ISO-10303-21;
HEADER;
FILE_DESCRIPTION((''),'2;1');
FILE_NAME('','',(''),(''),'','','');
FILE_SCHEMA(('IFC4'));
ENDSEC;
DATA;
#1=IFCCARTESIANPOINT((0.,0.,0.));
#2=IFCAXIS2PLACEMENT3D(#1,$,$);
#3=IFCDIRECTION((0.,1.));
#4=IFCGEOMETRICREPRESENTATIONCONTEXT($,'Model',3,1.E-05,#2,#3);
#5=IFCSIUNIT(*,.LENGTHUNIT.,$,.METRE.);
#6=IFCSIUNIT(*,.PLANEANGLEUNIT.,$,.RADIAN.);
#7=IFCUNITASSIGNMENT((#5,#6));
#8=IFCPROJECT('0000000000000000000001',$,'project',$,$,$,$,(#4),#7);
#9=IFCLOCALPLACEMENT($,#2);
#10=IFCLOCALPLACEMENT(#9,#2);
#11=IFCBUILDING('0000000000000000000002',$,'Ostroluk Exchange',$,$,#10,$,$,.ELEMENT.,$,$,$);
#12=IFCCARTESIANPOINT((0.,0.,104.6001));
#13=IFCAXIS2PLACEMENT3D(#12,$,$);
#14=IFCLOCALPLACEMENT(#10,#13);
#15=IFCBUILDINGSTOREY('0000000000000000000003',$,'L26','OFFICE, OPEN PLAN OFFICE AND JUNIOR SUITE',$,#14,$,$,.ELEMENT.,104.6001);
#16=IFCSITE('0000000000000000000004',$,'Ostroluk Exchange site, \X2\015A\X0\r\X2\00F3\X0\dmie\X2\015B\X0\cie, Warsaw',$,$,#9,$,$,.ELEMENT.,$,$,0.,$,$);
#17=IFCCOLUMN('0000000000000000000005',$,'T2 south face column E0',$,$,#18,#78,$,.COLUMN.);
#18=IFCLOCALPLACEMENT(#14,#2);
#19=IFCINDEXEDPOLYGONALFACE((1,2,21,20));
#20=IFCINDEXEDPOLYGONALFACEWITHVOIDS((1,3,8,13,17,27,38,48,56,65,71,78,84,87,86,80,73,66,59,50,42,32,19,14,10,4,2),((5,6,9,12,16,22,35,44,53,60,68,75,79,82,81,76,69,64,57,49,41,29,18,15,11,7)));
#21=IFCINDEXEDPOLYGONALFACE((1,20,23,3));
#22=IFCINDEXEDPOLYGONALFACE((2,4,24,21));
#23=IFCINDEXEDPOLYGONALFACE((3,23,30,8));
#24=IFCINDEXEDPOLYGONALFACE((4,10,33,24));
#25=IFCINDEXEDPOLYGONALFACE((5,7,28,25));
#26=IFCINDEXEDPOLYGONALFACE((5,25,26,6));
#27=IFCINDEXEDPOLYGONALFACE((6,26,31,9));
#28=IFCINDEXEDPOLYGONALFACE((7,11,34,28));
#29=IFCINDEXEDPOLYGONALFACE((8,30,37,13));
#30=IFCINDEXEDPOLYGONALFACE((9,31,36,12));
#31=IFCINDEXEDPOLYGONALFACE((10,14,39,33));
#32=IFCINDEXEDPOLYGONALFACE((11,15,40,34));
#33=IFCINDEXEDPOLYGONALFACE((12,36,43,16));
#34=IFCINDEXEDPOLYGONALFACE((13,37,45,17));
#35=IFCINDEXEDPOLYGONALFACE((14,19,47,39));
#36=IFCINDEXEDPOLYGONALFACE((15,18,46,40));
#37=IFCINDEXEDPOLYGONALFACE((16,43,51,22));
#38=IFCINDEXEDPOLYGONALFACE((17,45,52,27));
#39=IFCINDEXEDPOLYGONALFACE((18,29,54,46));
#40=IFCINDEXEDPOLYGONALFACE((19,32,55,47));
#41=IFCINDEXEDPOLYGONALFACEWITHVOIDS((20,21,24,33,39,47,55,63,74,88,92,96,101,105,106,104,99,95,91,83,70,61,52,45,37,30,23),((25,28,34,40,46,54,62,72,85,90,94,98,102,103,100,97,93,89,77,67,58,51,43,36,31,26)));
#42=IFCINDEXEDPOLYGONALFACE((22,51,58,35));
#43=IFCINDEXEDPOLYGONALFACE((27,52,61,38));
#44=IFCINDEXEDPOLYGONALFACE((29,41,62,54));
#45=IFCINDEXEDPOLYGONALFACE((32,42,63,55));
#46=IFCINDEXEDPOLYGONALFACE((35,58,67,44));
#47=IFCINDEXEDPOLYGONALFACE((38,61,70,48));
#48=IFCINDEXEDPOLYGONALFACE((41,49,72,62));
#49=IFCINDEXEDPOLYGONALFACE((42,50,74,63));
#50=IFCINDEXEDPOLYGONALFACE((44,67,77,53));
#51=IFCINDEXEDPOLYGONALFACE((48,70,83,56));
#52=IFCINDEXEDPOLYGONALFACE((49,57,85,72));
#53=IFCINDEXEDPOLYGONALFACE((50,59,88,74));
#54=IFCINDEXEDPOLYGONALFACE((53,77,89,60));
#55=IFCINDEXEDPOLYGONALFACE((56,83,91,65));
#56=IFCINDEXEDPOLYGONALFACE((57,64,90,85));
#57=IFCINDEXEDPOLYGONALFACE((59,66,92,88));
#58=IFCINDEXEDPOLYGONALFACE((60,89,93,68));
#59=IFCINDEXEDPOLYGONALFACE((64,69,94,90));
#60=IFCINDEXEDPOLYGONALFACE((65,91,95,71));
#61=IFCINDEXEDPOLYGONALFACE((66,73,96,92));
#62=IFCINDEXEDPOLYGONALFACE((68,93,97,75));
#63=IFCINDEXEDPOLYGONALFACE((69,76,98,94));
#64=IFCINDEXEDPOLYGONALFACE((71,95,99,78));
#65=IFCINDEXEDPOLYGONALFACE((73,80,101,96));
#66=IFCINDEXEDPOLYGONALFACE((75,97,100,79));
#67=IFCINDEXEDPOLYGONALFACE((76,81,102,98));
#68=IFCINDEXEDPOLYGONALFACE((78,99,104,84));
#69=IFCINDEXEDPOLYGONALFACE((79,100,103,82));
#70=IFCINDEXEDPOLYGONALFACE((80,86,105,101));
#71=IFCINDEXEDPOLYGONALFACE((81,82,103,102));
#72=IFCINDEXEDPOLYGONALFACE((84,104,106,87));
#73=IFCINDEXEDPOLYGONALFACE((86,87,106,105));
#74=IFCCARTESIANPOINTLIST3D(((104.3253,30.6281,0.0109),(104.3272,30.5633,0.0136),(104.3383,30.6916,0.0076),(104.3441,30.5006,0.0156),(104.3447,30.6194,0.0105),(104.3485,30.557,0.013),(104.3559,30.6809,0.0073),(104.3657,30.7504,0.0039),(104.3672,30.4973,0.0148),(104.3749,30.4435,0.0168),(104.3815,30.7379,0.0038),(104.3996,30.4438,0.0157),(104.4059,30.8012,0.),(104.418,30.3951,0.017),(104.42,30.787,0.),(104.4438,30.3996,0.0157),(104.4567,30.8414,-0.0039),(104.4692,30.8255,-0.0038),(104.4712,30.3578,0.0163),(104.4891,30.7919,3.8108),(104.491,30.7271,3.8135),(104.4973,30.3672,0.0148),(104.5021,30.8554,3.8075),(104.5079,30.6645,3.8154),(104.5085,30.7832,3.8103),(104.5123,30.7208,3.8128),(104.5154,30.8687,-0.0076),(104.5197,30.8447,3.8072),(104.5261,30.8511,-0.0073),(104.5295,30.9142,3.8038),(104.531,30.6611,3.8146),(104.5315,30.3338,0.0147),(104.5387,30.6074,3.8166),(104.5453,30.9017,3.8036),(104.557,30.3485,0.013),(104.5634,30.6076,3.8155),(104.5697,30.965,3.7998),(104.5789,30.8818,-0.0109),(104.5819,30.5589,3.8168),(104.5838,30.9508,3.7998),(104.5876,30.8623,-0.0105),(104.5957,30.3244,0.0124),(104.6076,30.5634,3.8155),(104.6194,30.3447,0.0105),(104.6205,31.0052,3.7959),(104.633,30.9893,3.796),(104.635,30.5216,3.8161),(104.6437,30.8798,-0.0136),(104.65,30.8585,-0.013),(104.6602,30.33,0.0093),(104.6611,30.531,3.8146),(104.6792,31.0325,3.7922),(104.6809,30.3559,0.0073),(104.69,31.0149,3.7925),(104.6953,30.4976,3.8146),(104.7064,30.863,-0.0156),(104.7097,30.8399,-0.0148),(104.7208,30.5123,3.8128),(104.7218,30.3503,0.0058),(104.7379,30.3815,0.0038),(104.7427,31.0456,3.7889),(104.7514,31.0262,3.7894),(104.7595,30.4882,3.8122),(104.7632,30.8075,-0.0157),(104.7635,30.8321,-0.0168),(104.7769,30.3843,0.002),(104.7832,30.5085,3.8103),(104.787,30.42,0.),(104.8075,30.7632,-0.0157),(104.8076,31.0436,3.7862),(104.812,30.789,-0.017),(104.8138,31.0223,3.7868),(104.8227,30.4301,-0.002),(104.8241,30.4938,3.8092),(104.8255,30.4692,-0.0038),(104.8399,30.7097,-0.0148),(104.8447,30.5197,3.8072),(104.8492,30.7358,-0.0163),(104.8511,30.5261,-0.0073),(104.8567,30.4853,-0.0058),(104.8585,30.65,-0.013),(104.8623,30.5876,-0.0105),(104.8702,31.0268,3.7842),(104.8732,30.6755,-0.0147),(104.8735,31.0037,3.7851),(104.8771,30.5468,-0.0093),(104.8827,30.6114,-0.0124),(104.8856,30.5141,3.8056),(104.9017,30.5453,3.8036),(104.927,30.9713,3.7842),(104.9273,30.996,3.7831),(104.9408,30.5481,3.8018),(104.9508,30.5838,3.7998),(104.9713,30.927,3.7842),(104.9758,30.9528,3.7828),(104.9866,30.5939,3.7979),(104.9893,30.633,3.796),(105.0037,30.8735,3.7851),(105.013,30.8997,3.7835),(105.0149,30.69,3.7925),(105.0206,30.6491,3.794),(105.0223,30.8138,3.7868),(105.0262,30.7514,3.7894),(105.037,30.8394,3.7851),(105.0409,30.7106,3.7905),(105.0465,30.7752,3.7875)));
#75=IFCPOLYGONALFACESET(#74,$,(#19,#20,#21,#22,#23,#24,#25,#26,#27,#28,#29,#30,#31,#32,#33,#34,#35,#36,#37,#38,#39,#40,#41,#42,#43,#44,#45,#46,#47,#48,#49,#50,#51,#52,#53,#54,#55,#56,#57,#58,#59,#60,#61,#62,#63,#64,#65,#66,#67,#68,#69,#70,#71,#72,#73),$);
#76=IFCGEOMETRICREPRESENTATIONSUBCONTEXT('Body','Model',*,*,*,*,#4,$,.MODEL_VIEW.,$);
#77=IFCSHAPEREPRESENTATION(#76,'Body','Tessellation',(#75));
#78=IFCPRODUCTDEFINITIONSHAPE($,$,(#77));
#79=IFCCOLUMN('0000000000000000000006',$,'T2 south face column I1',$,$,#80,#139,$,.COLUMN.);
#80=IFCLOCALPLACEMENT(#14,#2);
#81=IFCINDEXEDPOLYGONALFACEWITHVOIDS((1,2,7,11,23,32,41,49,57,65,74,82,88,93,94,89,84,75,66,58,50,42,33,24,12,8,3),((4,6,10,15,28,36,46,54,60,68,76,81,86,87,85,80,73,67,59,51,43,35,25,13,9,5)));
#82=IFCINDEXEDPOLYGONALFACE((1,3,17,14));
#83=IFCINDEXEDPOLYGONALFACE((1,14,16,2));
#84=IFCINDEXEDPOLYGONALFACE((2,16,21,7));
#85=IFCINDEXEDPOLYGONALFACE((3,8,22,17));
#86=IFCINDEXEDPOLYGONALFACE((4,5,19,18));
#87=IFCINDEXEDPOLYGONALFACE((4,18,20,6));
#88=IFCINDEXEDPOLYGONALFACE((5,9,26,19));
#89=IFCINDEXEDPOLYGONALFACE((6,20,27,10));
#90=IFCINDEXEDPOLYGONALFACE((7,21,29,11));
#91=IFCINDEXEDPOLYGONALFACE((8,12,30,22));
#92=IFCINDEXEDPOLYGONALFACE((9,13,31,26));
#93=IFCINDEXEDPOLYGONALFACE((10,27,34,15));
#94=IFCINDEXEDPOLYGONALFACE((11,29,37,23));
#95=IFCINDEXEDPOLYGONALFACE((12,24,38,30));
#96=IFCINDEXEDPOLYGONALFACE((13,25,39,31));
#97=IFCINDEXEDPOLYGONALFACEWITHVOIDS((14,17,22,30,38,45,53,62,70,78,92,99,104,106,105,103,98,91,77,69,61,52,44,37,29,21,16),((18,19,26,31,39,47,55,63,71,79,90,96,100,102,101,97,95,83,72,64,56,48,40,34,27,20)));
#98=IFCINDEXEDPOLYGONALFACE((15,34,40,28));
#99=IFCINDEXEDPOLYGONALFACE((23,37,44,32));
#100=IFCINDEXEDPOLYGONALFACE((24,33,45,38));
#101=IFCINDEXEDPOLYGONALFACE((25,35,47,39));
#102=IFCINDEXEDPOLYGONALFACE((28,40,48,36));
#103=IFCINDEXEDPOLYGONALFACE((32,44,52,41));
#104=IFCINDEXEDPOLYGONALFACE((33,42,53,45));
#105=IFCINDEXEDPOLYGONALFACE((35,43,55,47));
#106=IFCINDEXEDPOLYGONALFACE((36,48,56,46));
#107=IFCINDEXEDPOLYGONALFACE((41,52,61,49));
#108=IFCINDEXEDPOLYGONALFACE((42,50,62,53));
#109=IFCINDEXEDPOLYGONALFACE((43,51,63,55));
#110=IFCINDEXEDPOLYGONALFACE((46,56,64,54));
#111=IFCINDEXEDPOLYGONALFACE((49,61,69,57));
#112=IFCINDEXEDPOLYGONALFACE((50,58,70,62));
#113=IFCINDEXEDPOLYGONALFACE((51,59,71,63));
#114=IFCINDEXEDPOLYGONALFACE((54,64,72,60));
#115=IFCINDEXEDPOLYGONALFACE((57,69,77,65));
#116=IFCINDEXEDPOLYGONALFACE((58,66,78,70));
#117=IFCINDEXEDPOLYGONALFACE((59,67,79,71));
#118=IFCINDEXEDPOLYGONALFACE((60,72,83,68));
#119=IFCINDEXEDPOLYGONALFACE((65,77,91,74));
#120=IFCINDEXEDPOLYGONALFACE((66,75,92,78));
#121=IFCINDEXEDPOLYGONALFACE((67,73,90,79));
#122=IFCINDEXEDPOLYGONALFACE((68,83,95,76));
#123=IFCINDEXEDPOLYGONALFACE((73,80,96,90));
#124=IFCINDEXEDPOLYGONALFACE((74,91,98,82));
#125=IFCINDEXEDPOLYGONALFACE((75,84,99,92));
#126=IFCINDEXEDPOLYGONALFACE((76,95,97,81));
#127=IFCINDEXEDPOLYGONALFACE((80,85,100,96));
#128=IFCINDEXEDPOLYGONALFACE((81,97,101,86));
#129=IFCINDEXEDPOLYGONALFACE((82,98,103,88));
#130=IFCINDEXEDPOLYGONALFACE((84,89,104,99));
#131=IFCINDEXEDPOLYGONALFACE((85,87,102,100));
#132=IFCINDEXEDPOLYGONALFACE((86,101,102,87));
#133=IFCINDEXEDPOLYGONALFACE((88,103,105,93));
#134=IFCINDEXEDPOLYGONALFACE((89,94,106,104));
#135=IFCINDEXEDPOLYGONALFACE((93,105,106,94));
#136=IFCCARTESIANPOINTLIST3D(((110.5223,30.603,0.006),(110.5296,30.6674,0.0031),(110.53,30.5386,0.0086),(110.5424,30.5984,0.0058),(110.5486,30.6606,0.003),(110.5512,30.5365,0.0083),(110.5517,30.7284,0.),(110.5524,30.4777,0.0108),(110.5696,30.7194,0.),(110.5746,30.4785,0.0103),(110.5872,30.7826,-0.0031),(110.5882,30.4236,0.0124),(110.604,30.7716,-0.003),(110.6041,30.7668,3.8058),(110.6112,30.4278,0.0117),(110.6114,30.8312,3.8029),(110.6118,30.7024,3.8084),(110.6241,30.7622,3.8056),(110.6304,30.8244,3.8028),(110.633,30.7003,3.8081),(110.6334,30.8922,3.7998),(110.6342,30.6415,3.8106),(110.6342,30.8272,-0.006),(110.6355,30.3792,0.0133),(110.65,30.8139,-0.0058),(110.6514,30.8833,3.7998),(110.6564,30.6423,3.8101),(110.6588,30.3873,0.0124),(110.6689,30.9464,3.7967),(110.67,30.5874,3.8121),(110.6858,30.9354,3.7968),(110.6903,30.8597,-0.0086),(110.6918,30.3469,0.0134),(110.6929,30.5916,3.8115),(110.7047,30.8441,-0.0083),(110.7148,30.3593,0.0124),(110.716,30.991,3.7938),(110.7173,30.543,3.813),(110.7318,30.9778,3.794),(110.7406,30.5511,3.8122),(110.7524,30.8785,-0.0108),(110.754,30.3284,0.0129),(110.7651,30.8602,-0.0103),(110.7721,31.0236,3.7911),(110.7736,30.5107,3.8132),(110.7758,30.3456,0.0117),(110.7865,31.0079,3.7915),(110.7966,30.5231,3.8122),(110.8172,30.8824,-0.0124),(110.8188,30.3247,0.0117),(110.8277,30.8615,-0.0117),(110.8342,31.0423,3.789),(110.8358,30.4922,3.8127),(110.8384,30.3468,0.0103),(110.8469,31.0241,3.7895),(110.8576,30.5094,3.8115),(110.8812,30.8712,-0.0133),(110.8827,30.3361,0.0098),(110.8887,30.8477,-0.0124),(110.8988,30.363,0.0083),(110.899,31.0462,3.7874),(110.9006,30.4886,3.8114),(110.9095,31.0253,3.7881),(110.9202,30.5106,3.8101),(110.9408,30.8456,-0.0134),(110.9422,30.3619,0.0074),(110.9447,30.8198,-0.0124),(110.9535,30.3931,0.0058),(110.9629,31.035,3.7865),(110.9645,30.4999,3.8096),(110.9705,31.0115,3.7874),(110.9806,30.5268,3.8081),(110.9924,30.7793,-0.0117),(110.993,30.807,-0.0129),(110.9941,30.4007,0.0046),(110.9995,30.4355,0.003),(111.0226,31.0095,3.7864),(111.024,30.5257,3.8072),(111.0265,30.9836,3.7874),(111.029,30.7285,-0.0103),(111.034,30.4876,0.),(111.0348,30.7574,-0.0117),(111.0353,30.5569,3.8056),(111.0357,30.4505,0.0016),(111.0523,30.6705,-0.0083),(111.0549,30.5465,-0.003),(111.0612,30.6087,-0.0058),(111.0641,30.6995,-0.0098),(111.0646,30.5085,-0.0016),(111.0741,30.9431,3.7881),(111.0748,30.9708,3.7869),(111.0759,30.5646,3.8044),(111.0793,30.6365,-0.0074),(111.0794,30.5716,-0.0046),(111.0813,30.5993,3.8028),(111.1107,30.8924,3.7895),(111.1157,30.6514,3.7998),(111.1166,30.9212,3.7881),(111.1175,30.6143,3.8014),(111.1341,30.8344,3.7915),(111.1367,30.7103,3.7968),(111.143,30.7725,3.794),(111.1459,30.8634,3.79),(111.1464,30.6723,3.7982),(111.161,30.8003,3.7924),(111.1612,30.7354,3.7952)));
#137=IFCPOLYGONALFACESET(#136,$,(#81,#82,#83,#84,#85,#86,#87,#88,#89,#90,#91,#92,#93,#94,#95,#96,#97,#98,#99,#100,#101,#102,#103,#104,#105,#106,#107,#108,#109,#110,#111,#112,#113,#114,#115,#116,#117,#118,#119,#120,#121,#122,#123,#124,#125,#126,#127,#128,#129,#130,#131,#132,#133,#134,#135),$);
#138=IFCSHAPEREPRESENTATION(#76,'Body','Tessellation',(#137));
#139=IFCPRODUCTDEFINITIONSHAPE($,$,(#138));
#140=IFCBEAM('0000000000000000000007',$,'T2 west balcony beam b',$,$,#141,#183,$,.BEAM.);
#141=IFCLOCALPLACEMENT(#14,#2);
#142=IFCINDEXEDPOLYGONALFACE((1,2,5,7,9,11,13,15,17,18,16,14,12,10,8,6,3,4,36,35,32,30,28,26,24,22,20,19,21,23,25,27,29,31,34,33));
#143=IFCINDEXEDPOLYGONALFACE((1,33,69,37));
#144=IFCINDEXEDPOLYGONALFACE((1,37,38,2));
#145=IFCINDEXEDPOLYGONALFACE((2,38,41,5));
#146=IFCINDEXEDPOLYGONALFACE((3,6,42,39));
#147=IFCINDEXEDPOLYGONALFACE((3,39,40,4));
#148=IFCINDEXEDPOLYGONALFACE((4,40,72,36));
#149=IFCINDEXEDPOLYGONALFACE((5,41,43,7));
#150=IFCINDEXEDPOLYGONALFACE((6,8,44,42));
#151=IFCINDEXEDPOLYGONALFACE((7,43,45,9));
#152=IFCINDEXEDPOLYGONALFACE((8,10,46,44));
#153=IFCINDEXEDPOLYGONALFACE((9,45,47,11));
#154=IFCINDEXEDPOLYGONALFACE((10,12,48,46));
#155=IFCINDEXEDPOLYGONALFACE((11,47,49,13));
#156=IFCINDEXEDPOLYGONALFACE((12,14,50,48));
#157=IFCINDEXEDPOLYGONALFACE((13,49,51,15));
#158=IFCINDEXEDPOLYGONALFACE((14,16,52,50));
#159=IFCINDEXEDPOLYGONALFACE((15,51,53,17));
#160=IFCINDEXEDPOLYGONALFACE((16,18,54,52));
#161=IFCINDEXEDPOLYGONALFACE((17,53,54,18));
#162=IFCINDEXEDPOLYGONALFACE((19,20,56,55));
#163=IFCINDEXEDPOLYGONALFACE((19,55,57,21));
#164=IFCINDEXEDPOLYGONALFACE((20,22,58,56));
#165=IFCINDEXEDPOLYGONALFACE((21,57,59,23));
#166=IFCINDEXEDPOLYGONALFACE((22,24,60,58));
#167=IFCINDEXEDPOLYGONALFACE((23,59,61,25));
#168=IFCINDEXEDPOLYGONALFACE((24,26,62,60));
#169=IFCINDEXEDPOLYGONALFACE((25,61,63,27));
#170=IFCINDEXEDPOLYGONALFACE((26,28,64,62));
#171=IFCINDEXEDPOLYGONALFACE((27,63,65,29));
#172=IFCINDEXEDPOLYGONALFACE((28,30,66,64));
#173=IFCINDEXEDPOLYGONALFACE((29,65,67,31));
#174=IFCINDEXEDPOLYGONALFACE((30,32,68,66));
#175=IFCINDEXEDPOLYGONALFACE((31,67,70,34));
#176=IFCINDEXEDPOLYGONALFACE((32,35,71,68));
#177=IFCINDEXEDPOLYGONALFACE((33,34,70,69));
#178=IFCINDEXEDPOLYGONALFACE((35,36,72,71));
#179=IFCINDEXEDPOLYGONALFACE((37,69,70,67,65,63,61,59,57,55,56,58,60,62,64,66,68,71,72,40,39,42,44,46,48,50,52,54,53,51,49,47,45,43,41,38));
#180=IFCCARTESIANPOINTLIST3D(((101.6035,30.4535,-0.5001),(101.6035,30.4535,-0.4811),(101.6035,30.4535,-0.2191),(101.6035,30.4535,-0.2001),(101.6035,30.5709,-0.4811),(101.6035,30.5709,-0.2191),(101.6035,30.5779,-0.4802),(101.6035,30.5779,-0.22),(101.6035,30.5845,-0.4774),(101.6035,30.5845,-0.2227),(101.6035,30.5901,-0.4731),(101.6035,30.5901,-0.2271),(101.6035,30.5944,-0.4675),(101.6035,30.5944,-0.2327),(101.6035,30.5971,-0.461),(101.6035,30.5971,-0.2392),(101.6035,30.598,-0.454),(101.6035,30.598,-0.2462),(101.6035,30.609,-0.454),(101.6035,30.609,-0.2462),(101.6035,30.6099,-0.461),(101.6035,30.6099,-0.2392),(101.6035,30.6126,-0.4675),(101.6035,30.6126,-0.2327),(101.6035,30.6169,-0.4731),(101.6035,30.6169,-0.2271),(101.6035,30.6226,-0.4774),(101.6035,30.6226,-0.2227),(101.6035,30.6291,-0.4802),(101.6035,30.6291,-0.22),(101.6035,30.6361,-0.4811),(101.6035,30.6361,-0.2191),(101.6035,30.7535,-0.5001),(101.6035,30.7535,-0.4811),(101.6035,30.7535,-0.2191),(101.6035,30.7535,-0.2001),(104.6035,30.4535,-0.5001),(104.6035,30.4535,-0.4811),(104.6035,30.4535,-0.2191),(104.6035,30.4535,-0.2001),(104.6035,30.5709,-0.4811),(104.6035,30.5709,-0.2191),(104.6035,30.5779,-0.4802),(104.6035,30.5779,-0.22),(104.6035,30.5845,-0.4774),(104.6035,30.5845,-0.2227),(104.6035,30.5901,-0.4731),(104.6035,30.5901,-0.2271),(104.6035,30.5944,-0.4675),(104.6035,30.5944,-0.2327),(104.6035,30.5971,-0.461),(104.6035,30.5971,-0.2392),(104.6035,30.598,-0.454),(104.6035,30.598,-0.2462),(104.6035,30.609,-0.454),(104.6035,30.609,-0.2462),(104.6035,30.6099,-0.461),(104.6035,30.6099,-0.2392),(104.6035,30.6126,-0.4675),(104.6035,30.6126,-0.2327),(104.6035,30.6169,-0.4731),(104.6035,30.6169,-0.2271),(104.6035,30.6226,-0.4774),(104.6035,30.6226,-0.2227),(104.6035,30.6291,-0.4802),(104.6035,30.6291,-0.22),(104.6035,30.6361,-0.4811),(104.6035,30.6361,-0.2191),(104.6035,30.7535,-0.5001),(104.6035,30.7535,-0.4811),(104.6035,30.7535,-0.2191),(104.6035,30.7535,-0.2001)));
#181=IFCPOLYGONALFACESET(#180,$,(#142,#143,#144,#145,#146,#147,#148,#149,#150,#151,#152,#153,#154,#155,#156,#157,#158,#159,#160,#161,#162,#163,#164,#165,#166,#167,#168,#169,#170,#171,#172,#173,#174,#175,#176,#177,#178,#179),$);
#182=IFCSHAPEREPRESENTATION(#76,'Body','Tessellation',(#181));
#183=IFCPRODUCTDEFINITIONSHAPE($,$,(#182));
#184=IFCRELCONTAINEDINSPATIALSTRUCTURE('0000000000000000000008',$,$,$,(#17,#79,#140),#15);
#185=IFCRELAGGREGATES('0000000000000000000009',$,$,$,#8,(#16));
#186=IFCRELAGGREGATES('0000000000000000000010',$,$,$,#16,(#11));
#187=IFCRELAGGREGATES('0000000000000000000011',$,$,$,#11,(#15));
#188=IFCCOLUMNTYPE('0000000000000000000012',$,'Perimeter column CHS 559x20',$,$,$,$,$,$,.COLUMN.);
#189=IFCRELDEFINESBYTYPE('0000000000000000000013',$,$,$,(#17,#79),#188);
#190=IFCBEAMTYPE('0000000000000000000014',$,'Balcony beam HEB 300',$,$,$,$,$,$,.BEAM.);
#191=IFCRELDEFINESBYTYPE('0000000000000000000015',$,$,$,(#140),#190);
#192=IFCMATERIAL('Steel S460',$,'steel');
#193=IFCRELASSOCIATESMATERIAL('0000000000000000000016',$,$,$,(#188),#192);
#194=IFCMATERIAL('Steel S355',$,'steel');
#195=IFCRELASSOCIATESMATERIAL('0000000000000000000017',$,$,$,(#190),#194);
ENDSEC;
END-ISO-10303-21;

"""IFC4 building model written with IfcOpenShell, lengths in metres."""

from ifc_helpers import new_model, si_unit, direction, frame, origin, origin_2d, place, context, subcontext, project, spatial, hollow_circle, i_section, extrude, material, material_profile, profile_set, type_object, element, save


model = new_model("IFC4")

# Units and contexts
model_context = context("Model", 3, precision=1e-05, world=origin(), true_north=direction((0.0, 1.0)))
body_context = subcontext(model_context, "Body", "Model", "MODEL_VIEW")
ifc_project = project(units=[si_unit("LENGTHUNIT", "METRE"), si_unit("PLANEANGLEUNIT", "RADIAN")], contexts=[model_context])

# Site, building, storey
site_placement = place(None, origin())
site = spatial("IfcSite", under=ifc_project, at=site_placement, Name="Ostroluk Exchange site, Śródmieście, Warsaw", CompositionType="ELEMENT", RefElevation=0.0)
building_placement = place(site_placement, origin())
building = spatial("IfcBuilding", under=site, at=building_placement, Name="Ostroluk Exchange", CompositionType="ELEMENT")
storey_placement = place(building_placement, frame((0.0, 0.0, 104.6001)))
storey = spatial("IfcBuildingStorey", under=building, at=storey_placement, Name="L26", Description="OFFICE, OPEN PLAN OFFICE AND JUNIOR SUITE", CompositionType="ELEMENT", Elevation=104.6001)

# Columns
ifc_material_1 = material(Name="Steel S460", Category="steel")
ifc_material_profile_1 = material_profile(ifc_material_1, hollow_circle(Radius=0.2795, WallThickness=0.02, at=origin_2d()), Name="CHS 559x20")
ifc_profile_set_1 = profile_set([ifc_material_profile_1], Name="Steel S460")
column_type = type_object("IfcColumnType", Name="Perimeter column CHS 559x20", PredefinedType="COLUMN", material=ifc_profile_set_1)
column_1_placement = place(storey_placement, frame((104.6035, 30.6035, 0.0), z_axis=(0.043032, 0.043032, 0.998146), x_axis=(-0.707107, 0.707107, 0.0)))
element("IfcColumn", 1, at=column_1_placement, inside=storey, type_object=column_type, Name="T2 south face column E0", PredefinedType="COLUMN", context=body_context, shape_type="SweptSolid", body=[
    extrude(hollow_circle(Radius=0.2795, WallThickness=0.02, at=origin_2d()), origin(), (0.0, 0.0, 1.0), 3.8069),
])
column_2_placement = place(storey_placement, frame((110.8018, 30.6035, 0.0), z_axis=(0.021499, 0.043062, 0.998841), x_axis=(-0.894694, 0.44668, 0.0)))
element("IfcColumn", 2, at=column_2_placement, inside=storey, type_object=column_type, Name="T2 south face column I1", PredefinedType="COLUMN", context=body_context, shape_type="SweptSolid", body=[
    extrude(hollow_circle(Radius=0.2795, WallThickness=0.02, at=origin_2d()), origin(), (0.0, 0.0, 1.0), 3.8042),
])

# Beam
ifc_material_2 = material(Name="Steel S355", Category="steel")
ifc_material_profile_2 = material_profile(ifc_material_2, i_section(OverallWidth=0.3, OverallDepth=0.3, WebThickness=0.011, FlangeThickness=0.019, FilletRadius=0.0271, at=origin_2d()), Name="HEB 300")
ifc_profile_set_2 = profile_set([ifc_material_profile_2], Name="Steel S355")
beam_type_1 = type_object("IfcBeamType", Name="Balcony beam HEB 300", PredefinedType="BEAM", material=ifc_profile_set_2)
beam_placement = place(storey_placement, frame((104.6035, 30.6035, -0.3501), z_axis=(-1.0, 0.0, 0.0), x_axis=(0.0, -1.0, 0.0)))
element("IfcBeam", 3, at=beam_placement, inside=storey, type_object=beam_type_1, Name="T2 west balcony beam b", PredefinedType="BEAM", context=body_context, shape_type="SweptSolid", body=[
    extrude(i_section(OverallWidth=0.3, OverallDepth=0.3, WebThickness=0.011, FlangeThickness=0.019, FilletRadius=0.0271, at=origin_2d()), origin(), (0.0, 0.0, 1.0), 3.0),
])

save(model, "model.ifc")
